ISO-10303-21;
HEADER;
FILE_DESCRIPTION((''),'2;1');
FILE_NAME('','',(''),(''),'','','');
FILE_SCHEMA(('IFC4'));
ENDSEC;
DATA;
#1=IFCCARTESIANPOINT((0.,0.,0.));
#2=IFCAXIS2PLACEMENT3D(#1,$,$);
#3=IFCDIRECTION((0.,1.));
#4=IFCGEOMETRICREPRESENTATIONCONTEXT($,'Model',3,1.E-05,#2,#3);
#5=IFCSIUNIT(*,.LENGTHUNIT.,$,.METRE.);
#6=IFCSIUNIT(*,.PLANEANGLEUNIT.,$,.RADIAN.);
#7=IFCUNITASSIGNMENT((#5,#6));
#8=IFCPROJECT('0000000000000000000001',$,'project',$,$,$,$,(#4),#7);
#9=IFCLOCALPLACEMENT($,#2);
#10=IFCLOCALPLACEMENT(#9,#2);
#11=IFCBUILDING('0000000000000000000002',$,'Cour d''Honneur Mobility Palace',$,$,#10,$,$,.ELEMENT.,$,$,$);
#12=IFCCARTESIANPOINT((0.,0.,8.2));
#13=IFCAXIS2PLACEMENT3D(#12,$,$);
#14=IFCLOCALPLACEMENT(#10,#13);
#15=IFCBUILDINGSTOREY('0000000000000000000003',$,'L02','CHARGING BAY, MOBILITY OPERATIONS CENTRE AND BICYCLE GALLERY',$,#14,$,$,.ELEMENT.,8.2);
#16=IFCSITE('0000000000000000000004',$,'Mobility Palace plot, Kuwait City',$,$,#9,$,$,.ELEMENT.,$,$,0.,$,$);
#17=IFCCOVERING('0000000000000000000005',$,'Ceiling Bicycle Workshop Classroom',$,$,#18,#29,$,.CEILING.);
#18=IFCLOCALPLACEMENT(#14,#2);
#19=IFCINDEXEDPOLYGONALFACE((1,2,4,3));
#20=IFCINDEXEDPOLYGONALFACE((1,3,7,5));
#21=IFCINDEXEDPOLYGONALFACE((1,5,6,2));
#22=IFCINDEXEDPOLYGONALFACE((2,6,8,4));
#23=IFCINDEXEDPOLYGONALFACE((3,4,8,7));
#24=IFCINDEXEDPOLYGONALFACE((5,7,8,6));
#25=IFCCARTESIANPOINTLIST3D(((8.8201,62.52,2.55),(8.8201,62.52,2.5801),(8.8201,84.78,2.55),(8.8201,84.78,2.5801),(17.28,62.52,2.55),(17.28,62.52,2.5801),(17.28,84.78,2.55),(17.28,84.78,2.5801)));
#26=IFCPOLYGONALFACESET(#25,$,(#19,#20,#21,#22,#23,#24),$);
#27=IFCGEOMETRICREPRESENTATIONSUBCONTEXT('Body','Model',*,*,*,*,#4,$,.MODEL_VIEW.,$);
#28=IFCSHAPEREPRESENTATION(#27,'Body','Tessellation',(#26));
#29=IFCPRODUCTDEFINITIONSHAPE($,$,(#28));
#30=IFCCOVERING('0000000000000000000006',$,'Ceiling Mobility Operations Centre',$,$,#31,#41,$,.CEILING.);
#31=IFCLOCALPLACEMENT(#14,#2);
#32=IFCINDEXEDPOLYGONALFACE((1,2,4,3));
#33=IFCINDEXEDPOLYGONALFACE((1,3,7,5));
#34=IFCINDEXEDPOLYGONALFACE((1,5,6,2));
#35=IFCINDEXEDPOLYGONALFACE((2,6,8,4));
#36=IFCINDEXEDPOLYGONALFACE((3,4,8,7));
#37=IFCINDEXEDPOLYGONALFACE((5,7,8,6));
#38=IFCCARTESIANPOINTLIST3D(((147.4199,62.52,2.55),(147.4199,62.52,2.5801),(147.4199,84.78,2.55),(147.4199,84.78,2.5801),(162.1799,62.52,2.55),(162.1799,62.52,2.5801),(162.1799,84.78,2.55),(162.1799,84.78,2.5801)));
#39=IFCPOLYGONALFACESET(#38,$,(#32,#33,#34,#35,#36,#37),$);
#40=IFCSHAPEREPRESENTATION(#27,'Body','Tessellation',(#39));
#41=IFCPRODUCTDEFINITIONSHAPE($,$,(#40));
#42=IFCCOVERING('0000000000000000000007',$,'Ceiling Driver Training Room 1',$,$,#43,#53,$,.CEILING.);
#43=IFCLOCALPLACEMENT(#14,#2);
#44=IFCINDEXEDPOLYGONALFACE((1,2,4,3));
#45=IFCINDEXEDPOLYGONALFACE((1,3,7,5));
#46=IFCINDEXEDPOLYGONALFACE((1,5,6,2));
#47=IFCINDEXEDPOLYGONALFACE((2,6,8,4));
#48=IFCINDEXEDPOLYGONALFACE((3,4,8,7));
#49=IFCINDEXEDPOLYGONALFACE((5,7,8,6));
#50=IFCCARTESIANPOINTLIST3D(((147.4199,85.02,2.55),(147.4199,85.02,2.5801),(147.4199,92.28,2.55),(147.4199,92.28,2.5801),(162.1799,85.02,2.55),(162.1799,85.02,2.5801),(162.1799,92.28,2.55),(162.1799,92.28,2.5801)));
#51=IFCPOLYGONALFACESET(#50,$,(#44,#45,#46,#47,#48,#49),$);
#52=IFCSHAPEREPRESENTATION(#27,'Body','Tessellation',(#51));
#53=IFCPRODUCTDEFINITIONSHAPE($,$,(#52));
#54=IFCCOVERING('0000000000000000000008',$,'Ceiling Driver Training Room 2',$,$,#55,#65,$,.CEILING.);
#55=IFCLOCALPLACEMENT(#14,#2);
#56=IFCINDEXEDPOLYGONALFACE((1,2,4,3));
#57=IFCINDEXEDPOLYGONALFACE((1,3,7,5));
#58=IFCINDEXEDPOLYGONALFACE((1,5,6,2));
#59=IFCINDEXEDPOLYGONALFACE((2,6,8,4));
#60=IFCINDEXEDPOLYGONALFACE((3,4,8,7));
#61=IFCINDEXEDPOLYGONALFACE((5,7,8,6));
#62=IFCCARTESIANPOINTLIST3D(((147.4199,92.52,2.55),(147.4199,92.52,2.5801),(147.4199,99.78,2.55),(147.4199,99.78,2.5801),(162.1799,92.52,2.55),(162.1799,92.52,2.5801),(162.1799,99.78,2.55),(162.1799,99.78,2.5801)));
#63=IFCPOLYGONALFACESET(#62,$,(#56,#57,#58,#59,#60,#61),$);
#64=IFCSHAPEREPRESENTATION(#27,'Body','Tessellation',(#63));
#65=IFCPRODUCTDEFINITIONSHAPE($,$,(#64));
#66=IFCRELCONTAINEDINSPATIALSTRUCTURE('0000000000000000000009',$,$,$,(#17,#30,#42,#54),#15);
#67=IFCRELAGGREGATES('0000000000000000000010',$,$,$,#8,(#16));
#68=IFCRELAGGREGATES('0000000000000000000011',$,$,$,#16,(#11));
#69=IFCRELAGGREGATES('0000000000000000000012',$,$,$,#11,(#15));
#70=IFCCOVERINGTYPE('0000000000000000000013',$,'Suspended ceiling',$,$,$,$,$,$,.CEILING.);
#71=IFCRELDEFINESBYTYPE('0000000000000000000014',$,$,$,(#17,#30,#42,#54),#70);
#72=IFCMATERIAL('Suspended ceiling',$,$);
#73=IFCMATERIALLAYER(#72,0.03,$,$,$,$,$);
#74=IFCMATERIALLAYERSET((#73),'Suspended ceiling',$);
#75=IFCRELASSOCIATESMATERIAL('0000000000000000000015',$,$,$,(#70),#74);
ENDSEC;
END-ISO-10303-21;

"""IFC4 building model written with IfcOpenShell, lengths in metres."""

from ifc_helpers import new_model, si_unit, direction, frame, origin, place, context, subcontext, project, spatial, polyline, outline, extrude, material, layer, layer_set, type_object, element, save


model = new_model("IFC4")

# Units and contexts
model_context = context("Model", 3, precision=1e-05, world=origin(), true_north=direction((0.0, 1.0)))
body_context = subcontext(model_context, "Body", "Model", "MODEL_VIEW")
ifc_project = project(units=[si_unit("LENGTHUNIT", "METRE"), si_unit("PLANEANGLEUNIT", "RADIAN")], contexts=[model_context])

# Site, building, storey
site_placement = place(None, origin())
site = spatial("IfcSite", under=ifc_project, at=site_placement, Name="Mobility Palace plot, Kuwait City", CompositionType="ELEMENT", RefElevation=0.0)
building_placement = place(site_placement, origin())
building = spatial("IfcBuilding", under=site, at=building_placement, Name="Cour d'Honneur Mobility Palace", CompositionType="ELEMENT")
storey_placement = place(building_placement, frame((0.0, 0.0, 8.2)))
storey = spatial("IfcBuildingStorey", under=building, at=storey_placement, Name="L02", Description="CHARGING BAY, MOBILITY OPERATIONS CENTRE AND BICYCLE GALLERY", CompositionType="ELEMENT", Elevation=8.2)

# Coverings
ifc_material_1 = material(Name="Suspended ceiling")
ifc_layer_1 = layer(ifc_material_1, 0.03)
ifc_layer_set_1 = layer_set([ifc_layer_1], Name="Suspended ceiling")
covering_type_1 = type_object("IfcCoveringType", Name="Suspended ceiling", PredefinedType="CEILING", material=ifc_layer_set_1)
covering_1_placement = place(storey_placement, frame((0.0, 0.0, 2.55)))
element("IfcCovering", 1, at=covering_1_placement, inside=storey, type_object=covering_type_1, Name="Ceiling Bicycle Workshop Classroom", PredefinedType="CEILING", context=body_context, shape_type="SweptSolid", body=[
    extrude(outline(polyline([(17.28, 62.52), (8.8201, 62.52), (8.8201, 84.78), (17.28, 84.78), (17.28, 62.52)])), origin(), (0.0, 0.0, 1.0), 0.03),
])
covering_2_placement = place(storey_placement, frame((0.0, 0.0, 2.55)))
element("IfcCovering", 2, at=covering_2_placement, inside=storey, type_object=covering_type_1, Name="Ceiling Mobility Operations Centre", PredefinedType="CEILING", context=body_context, shape_type="SweptSolid", body=[
    extrude(outline(polyline([(162.1799, 62.52), (147.4199, 62.52), (147.4199, 84.78), (162.1799, 84.78), (162.1799, 62.52)])), origin(), (0.0, 0.0, 1.0), 0.03),
])
covering_3_placement = place(storey_placement, frame((0.0, 0.0, 2.55)))
element("IfcCovering", 3, at=covering_3_placement, inside=storey, type_object=covering_type_1, Name="Ceiling Driver Training Room 1", PredefinedType="CEILING", context=body_context, shape_type="SweptSolid", body=[
    extrude(outline(polyline([(162.1799, 85.02), (147.4199, 85.02), (147.4199, 92.28), (162.1799, 92.28), (162.1799, 85.02)])), origin(), (0.0, 0.0, 1.0), 0.03),
])
covering_4_placement = place(storey_placement, frame((0.0, 0.0, 2.55)))
element("IfcCovering", 4, at=covering_4_placement, inside=storey, type_object=covering_type_1, Name="Ceiling Driver Training Room 2", PredefinedType="CEILING", context=body_context, shape_type="SweptSolid", body=[
    extrude(outline(polyline([(162.1799, 92.52), (147.4199, 92.52), (147.4199, 99.78), (162.1799, 99.78), (162.1799, 92.52)])), origin(), (0.0, 0.0, 1.0), 0.03),
])

save(model, "model.ifc")
